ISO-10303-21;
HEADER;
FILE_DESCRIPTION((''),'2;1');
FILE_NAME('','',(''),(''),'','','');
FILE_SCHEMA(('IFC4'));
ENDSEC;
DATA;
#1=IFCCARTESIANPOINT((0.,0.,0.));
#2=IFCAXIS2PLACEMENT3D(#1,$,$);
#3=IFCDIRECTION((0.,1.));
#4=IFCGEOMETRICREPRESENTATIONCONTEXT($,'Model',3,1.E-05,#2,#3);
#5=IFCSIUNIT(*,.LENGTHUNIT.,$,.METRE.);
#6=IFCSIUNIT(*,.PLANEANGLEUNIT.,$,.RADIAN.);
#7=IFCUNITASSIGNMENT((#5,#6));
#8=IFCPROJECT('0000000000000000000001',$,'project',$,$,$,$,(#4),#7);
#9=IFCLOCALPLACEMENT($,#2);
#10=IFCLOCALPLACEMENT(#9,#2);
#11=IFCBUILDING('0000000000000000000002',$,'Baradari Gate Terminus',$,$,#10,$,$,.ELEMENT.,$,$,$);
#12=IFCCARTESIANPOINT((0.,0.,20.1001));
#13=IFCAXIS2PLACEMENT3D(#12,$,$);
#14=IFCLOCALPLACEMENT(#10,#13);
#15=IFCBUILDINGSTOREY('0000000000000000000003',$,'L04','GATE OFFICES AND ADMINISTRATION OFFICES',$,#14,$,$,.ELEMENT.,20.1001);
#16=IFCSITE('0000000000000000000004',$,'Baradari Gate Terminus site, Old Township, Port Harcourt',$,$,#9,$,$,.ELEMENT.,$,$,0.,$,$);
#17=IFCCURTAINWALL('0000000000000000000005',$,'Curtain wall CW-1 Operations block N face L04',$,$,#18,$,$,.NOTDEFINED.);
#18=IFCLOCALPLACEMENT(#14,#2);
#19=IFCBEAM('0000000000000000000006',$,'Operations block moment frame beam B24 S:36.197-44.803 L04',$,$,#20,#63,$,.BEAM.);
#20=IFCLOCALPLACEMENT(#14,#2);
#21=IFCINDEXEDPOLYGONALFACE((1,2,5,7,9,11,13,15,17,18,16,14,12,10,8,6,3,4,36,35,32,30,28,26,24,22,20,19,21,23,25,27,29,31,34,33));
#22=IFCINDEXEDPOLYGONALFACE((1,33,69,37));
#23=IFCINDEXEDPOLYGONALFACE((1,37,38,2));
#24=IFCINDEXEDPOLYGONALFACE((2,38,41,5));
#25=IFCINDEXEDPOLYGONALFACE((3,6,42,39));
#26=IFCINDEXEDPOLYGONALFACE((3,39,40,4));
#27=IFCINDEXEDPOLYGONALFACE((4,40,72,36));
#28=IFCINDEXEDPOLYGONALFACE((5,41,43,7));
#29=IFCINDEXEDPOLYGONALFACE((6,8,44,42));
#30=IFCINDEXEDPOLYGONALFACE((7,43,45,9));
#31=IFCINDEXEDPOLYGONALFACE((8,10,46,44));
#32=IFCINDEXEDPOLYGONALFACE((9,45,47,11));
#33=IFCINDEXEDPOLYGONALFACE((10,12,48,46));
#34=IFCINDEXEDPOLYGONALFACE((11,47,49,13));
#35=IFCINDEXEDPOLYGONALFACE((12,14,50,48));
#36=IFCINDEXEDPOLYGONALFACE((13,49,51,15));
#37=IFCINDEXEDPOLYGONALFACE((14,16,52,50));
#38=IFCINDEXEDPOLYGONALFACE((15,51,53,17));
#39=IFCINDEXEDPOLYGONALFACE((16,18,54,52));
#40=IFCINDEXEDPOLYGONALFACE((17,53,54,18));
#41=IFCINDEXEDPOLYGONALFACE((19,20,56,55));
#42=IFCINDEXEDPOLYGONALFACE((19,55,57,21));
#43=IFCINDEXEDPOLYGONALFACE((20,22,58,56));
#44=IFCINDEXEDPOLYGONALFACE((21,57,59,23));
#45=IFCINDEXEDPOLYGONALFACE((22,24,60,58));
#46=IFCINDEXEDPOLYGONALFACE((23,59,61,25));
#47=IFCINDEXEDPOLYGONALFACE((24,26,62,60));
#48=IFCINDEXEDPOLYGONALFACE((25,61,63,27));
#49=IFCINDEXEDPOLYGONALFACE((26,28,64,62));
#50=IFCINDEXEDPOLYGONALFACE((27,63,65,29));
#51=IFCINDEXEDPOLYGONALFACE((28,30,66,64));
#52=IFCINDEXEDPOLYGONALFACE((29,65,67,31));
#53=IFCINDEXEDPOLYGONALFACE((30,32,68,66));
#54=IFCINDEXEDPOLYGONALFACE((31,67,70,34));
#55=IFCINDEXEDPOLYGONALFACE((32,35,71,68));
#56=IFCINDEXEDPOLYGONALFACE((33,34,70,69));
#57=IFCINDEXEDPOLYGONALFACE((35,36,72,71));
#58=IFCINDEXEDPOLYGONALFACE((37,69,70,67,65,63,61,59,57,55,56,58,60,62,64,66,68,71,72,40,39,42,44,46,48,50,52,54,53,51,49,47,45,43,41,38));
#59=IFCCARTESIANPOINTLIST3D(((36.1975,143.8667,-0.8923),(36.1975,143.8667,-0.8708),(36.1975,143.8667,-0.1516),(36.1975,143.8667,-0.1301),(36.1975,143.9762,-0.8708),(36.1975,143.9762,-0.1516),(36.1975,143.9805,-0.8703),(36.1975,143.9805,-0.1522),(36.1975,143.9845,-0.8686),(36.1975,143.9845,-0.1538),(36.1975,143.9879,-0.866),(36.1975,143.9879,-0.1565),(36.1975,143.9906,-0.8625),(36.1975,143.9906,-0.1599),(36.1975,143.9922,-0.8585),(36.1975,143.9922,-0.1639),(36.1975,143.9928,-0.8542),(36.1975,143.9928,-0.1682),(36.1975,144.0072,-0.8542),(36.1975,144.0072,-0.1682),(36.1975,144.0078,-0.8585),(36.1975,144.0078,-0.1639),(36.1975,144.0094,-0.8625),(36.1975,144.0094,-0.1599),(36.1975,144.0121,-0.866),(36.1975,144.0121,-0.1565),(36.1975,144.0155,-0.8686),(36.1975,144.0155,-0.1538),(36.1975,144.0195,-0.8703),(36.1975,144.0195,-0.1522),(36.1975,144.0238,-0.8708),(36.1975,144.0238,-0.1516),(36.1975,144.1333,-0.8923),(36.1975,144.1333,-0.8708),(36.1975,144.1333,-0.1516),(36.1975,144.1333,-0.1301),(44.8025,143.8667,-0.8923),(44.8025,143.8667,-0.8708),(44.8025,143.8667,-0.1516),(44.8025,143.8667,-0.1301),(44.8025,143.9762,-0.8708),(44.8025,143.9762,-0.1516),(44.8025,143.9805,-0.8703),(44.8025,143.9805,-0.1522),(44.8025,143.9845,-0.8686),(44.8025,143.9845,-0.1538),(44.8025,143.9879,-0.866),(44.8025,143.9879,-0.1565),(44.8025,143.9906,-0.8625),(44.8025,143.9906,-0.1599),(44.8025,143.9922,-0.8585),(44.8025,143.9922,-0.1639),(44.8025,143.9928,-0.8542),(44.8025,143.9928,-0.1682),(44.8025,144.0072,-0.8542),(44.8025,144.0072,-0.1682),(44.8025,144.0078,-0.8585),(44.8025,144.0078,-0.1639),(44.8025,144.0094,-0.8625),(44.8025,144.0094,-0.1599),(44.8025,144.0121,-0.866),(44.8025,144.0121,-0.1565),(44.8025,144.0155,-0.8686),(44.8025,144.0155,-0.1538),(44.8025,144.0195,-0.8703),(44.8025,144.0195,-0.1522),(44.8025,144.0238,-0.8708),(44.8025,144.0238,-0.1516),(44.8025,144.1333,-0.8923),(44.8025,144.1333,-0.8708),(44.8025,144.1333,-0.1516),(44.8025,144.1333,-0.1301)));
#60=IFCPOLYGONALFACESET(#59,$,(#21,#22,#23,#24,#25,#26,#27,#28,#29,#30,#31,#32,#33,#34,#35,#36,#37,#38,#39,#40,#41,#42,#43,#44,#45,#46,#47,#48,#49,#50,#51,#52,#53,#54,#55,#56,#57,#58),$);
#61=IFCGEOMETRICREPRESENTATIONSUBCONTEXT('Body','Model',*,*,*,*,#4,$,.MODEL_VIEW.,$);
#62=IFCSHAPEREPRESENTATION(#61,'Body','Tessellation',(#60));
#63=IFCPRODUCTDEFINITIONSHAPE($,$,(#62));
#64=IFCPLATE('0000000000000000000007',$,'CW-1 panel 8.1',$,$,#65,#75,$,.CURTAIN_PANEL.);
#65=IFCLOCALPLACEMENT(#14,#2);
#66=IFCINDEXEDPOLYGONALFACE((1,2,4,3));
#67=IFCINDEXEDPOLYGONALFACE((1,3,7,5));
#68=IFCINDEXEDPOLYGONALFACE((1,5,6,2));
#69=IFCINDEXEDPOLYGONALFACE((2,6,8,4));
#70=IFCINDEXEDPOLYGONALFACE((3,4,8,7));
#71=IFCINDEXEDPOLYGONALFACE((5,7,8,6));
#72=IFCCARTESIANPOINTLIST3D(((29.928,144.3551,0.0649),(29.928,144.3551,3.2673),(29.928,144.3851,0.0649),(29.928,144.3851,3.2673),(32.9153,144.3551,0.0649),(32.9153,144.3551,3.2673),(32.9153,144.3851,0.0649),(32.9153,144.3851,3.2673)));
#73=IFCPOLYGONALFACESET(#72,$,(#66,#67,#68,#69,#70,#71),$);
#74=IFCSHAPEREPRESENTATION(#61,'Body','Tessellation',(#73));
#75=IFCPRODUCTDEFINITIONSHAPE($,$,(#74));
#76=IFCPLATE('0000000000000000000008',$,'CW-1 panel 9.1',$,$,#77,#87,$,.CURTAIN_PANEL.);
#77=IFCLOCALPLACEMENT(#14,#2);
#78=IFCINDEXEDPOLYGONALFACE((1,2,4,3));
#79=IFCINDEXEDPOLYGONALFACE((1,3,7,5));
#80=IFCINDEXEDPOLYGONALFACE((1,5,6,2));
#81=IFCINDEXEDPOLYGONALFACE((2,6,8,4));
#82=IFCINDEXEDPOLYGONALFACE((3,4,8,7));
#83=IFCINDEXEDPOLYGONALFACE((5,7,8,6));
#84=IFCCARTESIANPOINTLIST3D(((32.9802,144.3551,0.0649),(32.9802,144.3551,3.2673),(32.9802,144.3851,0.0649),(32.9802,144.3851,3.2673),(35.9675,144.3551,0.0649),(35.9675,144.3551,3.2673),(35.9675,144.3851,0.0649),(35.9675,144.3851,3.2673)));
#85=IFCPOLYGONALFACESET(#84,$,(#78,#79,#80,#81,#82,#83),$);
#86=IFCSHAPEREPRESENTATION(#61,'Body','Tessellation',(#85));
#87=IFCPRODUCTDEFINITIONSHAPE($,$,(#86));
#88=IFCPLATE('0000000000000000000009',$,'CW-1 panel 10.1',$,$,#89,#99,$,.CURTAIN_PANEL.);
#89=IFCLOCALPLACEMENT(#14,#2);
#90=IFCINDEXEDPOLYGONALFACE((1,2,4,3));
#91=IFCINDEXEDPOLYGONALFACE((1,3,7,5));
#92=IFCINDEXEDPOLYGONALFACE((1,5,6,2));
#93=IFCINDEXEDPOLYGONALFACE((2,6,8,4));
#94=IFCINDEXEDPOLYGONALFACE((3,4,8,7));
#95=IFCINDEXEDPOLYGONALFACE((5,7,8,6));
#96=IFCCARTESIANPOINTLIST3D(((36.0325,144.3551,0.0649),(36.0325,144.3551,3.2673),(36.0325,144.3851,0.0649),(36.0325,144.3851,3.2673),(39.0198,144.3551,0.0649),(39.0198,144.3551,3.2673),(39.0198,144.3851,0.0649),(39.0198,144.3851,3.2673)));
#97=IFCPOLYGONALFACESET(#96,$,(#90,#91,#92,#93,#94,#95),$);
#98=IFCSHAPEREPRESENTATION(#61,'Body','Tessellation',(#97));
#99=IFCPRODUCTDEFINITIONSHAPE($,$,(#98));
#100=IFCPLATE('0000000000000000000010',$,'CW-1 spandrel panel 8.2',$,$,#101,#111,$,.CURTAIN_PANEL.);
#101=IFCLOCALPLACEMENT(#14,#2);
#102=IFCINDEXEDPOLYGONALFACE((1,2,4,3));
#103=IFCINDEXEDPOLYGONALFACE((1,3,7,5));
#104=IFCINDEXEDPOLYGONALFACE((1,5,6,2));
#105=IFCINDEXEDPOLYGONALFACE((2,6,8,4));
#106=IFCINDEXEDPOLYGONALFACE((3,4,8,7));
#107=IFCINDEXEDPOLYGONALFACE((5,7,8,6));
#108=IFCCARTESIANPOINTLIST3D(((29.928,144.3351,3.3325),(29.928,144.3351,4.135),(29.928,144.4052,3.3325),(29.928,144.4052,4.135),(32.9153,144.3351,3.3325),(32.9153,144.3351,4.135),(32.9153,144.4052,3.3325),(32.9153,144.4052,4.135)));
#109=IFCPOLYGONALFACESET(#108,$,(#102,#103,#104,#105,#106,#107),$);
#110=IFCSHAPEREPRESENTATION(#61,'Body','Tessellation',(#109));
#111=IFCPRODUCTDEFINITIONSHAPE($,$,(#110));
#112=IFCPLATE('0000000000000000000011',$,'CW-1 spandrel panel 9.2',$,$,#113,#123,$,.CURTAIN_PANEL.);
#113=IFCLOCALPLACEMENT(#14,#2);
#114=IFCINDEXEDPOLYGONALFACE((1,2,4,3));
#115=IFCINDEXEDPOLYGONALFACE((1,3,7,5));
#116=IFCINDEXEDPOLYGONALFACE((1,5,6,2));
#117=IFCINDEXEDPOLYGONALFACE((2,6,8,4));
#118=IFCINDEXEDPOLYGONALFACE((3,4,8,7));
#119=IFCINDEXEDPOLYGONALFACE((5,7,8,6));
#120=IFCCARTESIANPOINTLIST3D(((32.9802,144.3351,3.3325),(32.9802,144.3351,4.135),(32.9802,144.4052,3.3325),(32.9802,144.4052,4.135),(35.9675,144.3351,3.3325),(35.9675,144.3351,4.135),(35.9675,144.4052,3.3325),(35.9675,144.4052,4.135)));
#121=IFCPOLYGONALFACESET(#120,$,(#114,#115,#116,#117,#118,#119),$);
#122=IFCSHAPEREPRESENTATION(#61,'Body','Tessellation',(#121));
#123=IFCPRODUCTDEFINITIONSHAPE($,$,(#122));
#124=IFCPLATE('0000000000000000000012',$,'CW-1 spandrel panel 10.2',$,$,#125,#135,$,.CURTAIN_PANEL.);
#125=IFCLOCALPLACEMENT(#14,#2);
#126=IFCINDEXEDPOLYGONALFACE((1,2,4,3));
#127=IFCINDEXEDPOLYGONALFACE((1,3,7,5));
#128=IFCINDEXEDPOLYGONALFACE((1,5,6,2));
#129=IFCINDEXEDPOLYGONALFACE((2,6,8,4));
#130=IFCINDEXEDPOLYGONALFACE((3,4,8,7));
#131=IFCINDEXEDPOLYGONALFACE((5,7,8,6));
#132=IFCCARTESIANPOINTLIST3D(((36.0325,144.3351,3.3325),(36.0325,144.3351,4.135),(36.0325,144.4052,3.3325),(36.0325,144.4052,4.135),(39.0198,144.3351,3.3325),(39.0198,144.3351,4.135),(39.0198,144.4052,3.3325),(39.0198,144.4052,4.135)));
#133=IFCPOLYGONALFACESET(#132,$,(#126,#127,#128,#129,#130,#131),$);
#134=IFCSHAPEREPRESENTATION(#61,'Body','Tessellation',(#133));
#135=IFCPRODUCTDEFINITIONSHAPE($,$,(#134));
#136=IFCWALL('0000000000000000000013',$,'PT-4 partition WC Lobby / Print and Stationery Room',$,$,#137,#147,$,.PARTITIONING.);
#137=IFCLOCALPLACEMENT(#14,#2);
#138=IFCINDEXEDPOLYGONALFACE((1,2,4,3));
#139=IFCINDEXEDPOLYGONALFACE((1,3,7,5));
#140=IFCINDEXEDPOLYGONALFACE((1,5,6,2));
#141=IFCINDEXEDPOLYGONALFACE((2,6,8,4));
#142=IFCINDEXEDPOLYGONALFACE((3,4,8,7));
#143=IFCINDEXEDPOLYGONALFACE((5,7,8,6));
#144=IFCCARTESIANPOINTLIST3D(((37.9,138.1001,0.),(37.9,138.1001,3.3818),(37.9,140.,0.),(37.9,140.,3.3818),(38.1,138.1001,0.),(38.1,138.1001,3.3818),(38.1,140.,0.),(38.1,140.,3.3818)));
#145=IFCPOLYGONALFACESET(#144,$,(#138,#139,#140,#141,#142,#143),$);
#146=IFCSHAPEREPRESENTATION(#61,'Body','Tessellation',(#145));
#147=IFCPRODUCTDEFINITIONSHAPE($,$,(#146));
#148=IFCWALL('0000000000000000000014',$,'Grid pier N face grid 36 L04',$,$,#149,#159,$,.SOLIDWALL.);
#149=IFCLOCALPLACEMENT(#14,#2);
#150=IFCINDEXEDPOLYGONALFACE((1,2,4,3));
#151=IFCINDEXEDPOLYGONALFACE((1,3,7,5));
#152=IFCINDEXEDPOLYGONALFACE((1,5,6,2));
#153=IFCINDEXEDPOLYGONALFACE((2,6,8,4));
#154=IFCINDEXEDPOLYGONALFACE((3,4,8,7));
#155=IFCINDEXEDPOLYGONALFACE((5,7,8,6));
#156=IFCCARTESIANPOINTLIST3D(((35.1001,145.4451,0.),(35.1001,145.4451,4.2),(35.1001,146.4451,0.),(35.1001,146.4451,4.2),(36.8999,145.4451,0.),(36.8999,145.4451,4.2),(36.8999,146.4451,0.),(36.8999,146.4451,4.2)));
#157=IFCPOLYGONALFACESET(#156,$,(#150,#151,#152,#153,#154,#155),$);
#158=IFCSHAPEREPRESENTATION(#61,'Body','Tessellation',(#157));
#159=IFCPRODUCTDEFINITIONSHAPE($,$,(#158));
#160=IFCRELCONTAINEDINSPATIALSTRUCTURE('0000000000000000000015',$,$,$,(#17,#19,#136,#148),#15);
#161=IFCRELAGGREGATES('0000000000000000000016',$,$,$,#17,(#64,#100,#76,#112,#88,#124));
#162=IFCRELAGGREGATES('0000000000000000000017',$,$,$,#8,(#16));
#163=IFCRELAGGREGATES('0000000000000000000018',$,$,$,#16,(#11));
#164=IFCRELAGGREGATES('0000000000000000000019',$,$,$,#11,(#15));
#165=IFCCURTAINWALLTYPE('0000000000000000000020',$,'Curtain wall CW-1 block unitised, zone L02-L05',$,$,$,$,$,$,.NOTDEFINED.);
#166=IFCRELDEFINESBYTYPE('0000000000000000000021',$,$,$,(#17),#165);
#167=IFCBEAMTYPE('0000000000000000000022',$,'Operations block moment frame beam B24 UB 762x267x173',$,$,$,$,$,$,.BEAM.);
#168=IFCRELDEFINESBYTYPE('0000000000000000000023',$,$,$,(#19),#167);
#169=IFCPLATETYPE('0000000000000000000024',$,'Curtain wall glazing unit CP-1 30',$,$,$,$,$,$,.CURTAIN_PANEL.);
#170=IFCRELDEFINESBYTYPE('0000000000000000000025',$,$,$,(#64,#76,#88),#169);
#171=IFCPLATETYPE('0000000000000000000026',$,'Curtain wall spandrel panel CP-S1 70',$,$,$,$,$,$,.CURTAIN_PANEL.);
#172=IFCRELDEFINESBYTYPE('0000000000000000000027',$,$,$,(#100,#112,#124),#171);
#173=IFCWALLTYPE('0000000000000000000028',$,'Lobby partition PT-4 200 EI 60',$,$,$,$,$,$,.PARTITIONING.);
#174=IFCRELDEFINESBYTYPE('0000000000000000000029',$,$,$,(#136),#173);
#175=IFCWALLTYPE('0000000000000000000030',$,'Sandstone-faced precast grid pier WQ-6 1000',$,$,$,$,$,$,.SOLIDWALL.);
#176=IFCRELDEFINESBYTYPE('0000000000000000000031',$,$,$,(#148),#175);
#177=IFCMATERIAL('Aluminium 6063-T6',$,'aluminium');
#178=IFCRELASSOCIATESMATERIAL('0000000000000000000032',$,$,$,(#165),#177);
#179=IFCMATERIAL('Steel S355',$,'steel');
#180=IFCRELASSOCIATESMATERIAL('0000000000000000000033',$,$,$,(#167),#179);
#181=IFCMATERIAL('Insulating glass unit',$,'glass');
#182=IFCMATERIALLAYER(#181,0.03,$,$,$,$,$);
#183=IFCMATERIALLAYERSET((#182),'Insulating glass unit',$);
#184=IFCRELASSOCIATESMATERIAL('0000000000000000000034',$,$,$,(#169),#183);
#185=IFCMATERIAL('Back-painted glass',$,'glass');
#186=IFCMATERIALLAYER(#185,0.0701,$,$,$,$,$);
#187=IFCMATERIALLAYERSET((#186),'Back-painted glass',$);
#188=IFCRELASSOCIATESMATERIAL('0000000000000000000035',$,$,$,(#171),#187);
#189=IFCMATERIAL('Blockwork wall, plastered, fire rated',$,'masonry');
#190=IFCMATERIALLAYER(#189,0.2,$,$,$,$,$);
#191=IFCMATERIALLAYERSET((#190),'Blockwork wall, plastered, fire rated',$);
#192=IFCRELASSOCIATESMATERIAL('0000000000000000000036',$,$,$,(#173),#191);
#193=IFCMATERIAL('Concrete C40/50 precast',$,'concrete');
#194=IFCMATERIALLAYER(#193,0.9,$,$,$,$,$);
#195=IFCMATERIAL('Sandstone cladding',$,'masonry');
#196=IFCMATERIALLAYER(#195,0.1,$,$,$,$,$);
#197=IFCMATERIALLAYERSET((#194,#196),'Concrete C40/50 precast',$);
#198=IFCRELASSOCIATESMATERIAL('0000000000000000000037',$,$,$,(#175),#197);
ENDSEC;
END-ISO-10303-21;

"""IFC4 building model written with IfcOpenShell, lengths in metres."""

from ifc_helpers import new_model, si_unit, direction, frame, frame_2d, origin, origin_2d, place, context, subcontext, project, spatial, rectangle, i_section, extrude, material, layer, layer_set, material_profile, profile_set, type_object, element, aggregate, save


model = new_model("IFC4")

# Units and contexts
model_context = context("Model", 3, precision=1e-05, world=origin(), true_north=direction((0.0, 1.0)))
body_context = subcontext(model_context, "Body", "Model", "MODEL_VIEW")
ifc_project = project(units=[si_unit("LENGTHUNIT", "METRE"), si_unit("PLANEANGLEUNIT", "RADIAN")], contexts=[model_context])

# Site, building, storey
site_placement = place(None, origin())
site = spatial("IfcSite", under=ifc_project, at=site_placement, Name="Baradari Gate Terminus site, Old Township, Port Harcourt", CompositionType="ELEMENT", RefElevation=0.0)
building_placement = place(site_placement, origin())
building = spatial("IfcBuilding", under=site, at=building_placement, Name="Baradari Gate Terminus", CompositionType="ELEMENT")
storey_placement = place(building_placement, frame((0.0, 0.0, 20.1001)))
storey = spatial("IfcBuildingStorey", under=building, at=storey_placement, Name="L04", Description="GATE OFFICES AND ADMINISTRATION OFFICES", CompositionType="ELEMENT", Elevation=20.1001)

# Curtain wall
ifc_material_1 = material(Name="Aluminium 6063-T6", Category="aluminium")
curtain_wall_type = type_object("IfcCurtainWallType", Name="Curtain wall CW-1 block unitised, zone L02-L05", PredefinedType="NOTDEFINED", material=ifc_material_1)
curtain_wall_placement = place(storey_placement, origin())
curtain_wall = element("IfcCurtainWall", 1, at=curtain_wall_placement, inside=storey, type_object=curtain_wall_type, Name="Curtain wall CW-1 Operations block N face L04", PredefinedType="NOTDEFINED")

# Beam
ifc_material_2 = material(Name="Steel S355", Category="steel")
ifc_material_profile_1 = material_profile(ifc_material_2, i_section(OverallWidth=0.2666, OverallDepth=0.7622, WebThickness=0.0144, FlangeThickness=0.0215, FilletRadius=0.0166, at=origin_2d()), Name="UB 762x267x173")
ifc_profile_set_1 = profile_set([ifc_material_profile_1], Name="Steel S355")
beam_type = type_object("IfcBeamType", Name="Operations block moment frame beam B24 UB 762x267x173", PredefinedType="BEAM", material=ifc_profile_set_1)
beam_placement = place(storey_placement, frame((36.1975, 144.0, -0.5112), z_axis=(1.0, 0.0, 0.0), x_axis=(0.0, 1.0, 0.0)))
element("IfcBeam", 2, at=beam_placement, inside=storey, type_object=beam_type, Name="Operations block moment frame beam B24 S:36.197-44.803 L04", PredefinedType="BEAM", context=body_context, shape_type="SweptSolid", body=[
    extrude(i_section(OverallWidth=0.2666, OverallDepth=0.7622, WebThickness=0.0144, FlangeThickness=0.0215, FilletRadius=0.0166, at=origin_2d()), origin(), (0.0, 0.0, 1.0), 8.605),
])

# Plates
ifc_material_3 = material(Name="Insulating glass unit", Category="glass")
ifc_layer_1 = layer(ifc_material_3, 0.03)
ifc_layer_set_1 = layer_set([ifc_layer_1], Name="Insulating glass unit")
plate_type_1 = type_object("IfcPlateType", Name="Curtain wall glazing unit CP-1 30", PredefinedType="CURTAIN_PANEL", material=ifc_layer_set_1)
plate_1_placement = place(storey_placement, frame((31.4216, 144.3701, 0.0649), z_axis=(0.0, 0.0, 1.0), x_axis=(1.0, 0.0, 0.0)))
plate_1 = element("IfcPlate", 3, at=plate_1_placement, type_object=plate_type_1, Name="CW-1 panel 8.1", PredefinedType="CURTAIN_PANEL", context=body_context, shape_type="SweptSolid", body=[
    extrude(rectangle(XDim=2.9873, YDim=0.03, at=origin_2d()), origin(), (0.0, 0.0, 1.0), 3.2024),
])
plate_2_placement = place(storey_placement, frame((34.4739, 144.3701, 0.0649), z_axis=(0.0, 0.0, 1.0), x_axis=(1.0, 0.0, 0.0)))
plate_2 = element("IfcPlate", 4, at=plate_2_placement, type_object=plate_type_1, Name="CW-1 panel 9.1", PredefinedType="CURTAIN_PANEL", context=body_context, shape_type="SweptSolid", body=[
    extrude(rectangle(XDim=2.9873, YDim=0.03, at=origin_2d()), origin(), (0.0, 0.0, 1.0), 3.2024),
])
plate_3_placement = place(storey_placement, frame((37.5261, 144.3701, 0.0649), z_axis=(0.0, 0.0, 1.0), x_axis=(1.0, 0.0, 0.0)))
plate_3 = element("IfcPlate", 5, at=plate_3_placement, type_object=plate_type_1, Name="CW-1 panel 10.1", PredefinedType="CURTAIN_PANEL", context=body_context, shape_type="SweptSolid", body=[
    extrude(rectangle(XDim=2.9873, YDim=0.03, at=origin_2d()), origin(), (0.0, 0.0, 1.0), 3.2024),
])
ifc_material_4 = material(Name="Back-painted glass", Category="glass")
ifc_layer_2 = layer(ifc_material_4, 0.0701)
ifc_layer_set_2 = layer_set([ifc_layer_2], Name="Back-painted glass")
plate_type_2 = type_object("IfcPlateType", Name="Curtain wall spandrel panel CP-S1 70", PredefinedType="CURTAIN_PANEL", material=ifc_layer_set_2)
plate_4_placement = place(storey_placement, frame((31.4216, 144.3701, 3.3325), z_axis=(0.0, 0.0, 1.0), x_axis=(1.0, 0.0, 0.0)))
plate_4 = element("IfcPlate", 6, at=plate_4_placement, type_object=plate_type_2, Name="CW-1 spandrel panel 8.2", PredefinedType="CURTAIN_PANEL", context=body_context, shape_type="SweptSolid", body=[
    extrude(rectangle(XDim=2.9873, YDim=0.0701, at=origin_2d()), origin(), (0.0, 0.0, 1.0), 0.8025),
])
plate_5_placement = place(storey_placement, frame((34.4739, 144.3701, 3.3325), z_axis=(0.0, 0.0, 1.0), x_axis=(1.0, 0.0, 0.0)))
plate_5 = element("IfcPlate", 7, at=plate_5_placement, type_object=plate_type_2, Name="CW-1 spandrel panel 9.2", PredefinedType="CURTAIN_PANEL", context=body_context, shape_type="SweptSolid", body=[
    extrude(rectangle(XDim=2.9873, YDim=0.0701, at=origin_2d()), origin(), (0.0, 0.0, 1.0), 0.8025),
])
plate_6_placement = place(storey_placement, frame((37.5261, 144.3701, 3.3325), z_axis=(0.0, 0.0, 1.0), x_axis=(1.0, 0.0, 0.0)))
plate_6 = element("IfcPlate", 8, at=plate_6_placement, type_object=plate_type_2, Name="CW-1 spandrel panel 10.2", PredefinedType="CURTAIN_PANEL", context=body_context, shape_type="SweptSolid", body=[
    extrude(rectangle(XDim=2.9873, YDim=0.0701, at=origin_2d()), origin(), (0.0, 0.0, 1.0), 0.8025),
])
aggregate(curtain_wall, [plate_1, plate_4, plate_2, plate_5, plate_3, plate_6])

# Walls
ifc_material_5 = material(Name="Blockwork wall, plastered, fire rated", Category="masonry")
ifc_layer_3 = layer(ifc_material_5, 0.2)
ifc_layer_set_3 = layer_set([ifc_layer_3], Name="Blockwork wall, plastered, fire rated")
wall_type_1 = type_object("IfcWallType", Name="Lobby partition PT-4 200 EI 60", PredefinedType="PARTITIONING", material=ifc_layer_set_3)
wall_1_placement = place(storey_placement, frame((38.0, 138.1001, 0.0), z_axis=(0.0, 0.0, 1.0), x_axis=(0.0, 1.0, 0.0)))
element("IfcWall", 9, at=wall_1_placement, inside=storey, type_object=wall_type_1, Name="PT-4 partition WC Lobby / Print and Stationery Room", PredefinedType="PARTITIONING", context=body_context, shape_type="SweptSolid", body=[
    extrude(rectangle(XDim=1.8999, YDim=0.2, at=frame_2d((0.95, 0.0))), origin(), (0.0, 0.0, 1.0), 3.3818),
])
ifc_material_6 = material(Name="Concrete C40/50 precast", Category="concrete")
ifc_layer_4 = layer(ifc_material_6, 0.9)
ifc_material_7 = material(Name="Sandstone cladding", Category="masonry")
ifc_layer_5 = layer(ifc_material_7, 0.1)
ifc_layer_set_4 = layer_set([ifc_layer_4, ifc_layer_5], Name="Concrete C40/50 precast")
wall_type_2 = type_object("IfcWallType", Name="Sandstone-faced precast grid pier WQ-6 1000", PredefinedType="SOLIDWALL", material=ifc_layer_set_4)
wall_2_placement = place(storey_placement, frame((35.1001, 145.9451, 0.0), z_axis=(0.0, 0.0, 1.0), x_axis=(1.0, 0.0, 0.0)))
element("IfcWall", 10, at=wall_2_placement, inside=storey, type_object=wall_type_2, Name="Grid pier N face grid 36 L04", PredefinedType="SOLIDWALL", context=body_context, shape_type="SweptSolid", body=[
    extrude(rectangle(XDim=1.7998, YDim=1.0, at=frame_2d((0.8999, 0.0))), origin(), (0.0, 0.0, 1.0), 4.2),
])

save(model, "model.ifc")
